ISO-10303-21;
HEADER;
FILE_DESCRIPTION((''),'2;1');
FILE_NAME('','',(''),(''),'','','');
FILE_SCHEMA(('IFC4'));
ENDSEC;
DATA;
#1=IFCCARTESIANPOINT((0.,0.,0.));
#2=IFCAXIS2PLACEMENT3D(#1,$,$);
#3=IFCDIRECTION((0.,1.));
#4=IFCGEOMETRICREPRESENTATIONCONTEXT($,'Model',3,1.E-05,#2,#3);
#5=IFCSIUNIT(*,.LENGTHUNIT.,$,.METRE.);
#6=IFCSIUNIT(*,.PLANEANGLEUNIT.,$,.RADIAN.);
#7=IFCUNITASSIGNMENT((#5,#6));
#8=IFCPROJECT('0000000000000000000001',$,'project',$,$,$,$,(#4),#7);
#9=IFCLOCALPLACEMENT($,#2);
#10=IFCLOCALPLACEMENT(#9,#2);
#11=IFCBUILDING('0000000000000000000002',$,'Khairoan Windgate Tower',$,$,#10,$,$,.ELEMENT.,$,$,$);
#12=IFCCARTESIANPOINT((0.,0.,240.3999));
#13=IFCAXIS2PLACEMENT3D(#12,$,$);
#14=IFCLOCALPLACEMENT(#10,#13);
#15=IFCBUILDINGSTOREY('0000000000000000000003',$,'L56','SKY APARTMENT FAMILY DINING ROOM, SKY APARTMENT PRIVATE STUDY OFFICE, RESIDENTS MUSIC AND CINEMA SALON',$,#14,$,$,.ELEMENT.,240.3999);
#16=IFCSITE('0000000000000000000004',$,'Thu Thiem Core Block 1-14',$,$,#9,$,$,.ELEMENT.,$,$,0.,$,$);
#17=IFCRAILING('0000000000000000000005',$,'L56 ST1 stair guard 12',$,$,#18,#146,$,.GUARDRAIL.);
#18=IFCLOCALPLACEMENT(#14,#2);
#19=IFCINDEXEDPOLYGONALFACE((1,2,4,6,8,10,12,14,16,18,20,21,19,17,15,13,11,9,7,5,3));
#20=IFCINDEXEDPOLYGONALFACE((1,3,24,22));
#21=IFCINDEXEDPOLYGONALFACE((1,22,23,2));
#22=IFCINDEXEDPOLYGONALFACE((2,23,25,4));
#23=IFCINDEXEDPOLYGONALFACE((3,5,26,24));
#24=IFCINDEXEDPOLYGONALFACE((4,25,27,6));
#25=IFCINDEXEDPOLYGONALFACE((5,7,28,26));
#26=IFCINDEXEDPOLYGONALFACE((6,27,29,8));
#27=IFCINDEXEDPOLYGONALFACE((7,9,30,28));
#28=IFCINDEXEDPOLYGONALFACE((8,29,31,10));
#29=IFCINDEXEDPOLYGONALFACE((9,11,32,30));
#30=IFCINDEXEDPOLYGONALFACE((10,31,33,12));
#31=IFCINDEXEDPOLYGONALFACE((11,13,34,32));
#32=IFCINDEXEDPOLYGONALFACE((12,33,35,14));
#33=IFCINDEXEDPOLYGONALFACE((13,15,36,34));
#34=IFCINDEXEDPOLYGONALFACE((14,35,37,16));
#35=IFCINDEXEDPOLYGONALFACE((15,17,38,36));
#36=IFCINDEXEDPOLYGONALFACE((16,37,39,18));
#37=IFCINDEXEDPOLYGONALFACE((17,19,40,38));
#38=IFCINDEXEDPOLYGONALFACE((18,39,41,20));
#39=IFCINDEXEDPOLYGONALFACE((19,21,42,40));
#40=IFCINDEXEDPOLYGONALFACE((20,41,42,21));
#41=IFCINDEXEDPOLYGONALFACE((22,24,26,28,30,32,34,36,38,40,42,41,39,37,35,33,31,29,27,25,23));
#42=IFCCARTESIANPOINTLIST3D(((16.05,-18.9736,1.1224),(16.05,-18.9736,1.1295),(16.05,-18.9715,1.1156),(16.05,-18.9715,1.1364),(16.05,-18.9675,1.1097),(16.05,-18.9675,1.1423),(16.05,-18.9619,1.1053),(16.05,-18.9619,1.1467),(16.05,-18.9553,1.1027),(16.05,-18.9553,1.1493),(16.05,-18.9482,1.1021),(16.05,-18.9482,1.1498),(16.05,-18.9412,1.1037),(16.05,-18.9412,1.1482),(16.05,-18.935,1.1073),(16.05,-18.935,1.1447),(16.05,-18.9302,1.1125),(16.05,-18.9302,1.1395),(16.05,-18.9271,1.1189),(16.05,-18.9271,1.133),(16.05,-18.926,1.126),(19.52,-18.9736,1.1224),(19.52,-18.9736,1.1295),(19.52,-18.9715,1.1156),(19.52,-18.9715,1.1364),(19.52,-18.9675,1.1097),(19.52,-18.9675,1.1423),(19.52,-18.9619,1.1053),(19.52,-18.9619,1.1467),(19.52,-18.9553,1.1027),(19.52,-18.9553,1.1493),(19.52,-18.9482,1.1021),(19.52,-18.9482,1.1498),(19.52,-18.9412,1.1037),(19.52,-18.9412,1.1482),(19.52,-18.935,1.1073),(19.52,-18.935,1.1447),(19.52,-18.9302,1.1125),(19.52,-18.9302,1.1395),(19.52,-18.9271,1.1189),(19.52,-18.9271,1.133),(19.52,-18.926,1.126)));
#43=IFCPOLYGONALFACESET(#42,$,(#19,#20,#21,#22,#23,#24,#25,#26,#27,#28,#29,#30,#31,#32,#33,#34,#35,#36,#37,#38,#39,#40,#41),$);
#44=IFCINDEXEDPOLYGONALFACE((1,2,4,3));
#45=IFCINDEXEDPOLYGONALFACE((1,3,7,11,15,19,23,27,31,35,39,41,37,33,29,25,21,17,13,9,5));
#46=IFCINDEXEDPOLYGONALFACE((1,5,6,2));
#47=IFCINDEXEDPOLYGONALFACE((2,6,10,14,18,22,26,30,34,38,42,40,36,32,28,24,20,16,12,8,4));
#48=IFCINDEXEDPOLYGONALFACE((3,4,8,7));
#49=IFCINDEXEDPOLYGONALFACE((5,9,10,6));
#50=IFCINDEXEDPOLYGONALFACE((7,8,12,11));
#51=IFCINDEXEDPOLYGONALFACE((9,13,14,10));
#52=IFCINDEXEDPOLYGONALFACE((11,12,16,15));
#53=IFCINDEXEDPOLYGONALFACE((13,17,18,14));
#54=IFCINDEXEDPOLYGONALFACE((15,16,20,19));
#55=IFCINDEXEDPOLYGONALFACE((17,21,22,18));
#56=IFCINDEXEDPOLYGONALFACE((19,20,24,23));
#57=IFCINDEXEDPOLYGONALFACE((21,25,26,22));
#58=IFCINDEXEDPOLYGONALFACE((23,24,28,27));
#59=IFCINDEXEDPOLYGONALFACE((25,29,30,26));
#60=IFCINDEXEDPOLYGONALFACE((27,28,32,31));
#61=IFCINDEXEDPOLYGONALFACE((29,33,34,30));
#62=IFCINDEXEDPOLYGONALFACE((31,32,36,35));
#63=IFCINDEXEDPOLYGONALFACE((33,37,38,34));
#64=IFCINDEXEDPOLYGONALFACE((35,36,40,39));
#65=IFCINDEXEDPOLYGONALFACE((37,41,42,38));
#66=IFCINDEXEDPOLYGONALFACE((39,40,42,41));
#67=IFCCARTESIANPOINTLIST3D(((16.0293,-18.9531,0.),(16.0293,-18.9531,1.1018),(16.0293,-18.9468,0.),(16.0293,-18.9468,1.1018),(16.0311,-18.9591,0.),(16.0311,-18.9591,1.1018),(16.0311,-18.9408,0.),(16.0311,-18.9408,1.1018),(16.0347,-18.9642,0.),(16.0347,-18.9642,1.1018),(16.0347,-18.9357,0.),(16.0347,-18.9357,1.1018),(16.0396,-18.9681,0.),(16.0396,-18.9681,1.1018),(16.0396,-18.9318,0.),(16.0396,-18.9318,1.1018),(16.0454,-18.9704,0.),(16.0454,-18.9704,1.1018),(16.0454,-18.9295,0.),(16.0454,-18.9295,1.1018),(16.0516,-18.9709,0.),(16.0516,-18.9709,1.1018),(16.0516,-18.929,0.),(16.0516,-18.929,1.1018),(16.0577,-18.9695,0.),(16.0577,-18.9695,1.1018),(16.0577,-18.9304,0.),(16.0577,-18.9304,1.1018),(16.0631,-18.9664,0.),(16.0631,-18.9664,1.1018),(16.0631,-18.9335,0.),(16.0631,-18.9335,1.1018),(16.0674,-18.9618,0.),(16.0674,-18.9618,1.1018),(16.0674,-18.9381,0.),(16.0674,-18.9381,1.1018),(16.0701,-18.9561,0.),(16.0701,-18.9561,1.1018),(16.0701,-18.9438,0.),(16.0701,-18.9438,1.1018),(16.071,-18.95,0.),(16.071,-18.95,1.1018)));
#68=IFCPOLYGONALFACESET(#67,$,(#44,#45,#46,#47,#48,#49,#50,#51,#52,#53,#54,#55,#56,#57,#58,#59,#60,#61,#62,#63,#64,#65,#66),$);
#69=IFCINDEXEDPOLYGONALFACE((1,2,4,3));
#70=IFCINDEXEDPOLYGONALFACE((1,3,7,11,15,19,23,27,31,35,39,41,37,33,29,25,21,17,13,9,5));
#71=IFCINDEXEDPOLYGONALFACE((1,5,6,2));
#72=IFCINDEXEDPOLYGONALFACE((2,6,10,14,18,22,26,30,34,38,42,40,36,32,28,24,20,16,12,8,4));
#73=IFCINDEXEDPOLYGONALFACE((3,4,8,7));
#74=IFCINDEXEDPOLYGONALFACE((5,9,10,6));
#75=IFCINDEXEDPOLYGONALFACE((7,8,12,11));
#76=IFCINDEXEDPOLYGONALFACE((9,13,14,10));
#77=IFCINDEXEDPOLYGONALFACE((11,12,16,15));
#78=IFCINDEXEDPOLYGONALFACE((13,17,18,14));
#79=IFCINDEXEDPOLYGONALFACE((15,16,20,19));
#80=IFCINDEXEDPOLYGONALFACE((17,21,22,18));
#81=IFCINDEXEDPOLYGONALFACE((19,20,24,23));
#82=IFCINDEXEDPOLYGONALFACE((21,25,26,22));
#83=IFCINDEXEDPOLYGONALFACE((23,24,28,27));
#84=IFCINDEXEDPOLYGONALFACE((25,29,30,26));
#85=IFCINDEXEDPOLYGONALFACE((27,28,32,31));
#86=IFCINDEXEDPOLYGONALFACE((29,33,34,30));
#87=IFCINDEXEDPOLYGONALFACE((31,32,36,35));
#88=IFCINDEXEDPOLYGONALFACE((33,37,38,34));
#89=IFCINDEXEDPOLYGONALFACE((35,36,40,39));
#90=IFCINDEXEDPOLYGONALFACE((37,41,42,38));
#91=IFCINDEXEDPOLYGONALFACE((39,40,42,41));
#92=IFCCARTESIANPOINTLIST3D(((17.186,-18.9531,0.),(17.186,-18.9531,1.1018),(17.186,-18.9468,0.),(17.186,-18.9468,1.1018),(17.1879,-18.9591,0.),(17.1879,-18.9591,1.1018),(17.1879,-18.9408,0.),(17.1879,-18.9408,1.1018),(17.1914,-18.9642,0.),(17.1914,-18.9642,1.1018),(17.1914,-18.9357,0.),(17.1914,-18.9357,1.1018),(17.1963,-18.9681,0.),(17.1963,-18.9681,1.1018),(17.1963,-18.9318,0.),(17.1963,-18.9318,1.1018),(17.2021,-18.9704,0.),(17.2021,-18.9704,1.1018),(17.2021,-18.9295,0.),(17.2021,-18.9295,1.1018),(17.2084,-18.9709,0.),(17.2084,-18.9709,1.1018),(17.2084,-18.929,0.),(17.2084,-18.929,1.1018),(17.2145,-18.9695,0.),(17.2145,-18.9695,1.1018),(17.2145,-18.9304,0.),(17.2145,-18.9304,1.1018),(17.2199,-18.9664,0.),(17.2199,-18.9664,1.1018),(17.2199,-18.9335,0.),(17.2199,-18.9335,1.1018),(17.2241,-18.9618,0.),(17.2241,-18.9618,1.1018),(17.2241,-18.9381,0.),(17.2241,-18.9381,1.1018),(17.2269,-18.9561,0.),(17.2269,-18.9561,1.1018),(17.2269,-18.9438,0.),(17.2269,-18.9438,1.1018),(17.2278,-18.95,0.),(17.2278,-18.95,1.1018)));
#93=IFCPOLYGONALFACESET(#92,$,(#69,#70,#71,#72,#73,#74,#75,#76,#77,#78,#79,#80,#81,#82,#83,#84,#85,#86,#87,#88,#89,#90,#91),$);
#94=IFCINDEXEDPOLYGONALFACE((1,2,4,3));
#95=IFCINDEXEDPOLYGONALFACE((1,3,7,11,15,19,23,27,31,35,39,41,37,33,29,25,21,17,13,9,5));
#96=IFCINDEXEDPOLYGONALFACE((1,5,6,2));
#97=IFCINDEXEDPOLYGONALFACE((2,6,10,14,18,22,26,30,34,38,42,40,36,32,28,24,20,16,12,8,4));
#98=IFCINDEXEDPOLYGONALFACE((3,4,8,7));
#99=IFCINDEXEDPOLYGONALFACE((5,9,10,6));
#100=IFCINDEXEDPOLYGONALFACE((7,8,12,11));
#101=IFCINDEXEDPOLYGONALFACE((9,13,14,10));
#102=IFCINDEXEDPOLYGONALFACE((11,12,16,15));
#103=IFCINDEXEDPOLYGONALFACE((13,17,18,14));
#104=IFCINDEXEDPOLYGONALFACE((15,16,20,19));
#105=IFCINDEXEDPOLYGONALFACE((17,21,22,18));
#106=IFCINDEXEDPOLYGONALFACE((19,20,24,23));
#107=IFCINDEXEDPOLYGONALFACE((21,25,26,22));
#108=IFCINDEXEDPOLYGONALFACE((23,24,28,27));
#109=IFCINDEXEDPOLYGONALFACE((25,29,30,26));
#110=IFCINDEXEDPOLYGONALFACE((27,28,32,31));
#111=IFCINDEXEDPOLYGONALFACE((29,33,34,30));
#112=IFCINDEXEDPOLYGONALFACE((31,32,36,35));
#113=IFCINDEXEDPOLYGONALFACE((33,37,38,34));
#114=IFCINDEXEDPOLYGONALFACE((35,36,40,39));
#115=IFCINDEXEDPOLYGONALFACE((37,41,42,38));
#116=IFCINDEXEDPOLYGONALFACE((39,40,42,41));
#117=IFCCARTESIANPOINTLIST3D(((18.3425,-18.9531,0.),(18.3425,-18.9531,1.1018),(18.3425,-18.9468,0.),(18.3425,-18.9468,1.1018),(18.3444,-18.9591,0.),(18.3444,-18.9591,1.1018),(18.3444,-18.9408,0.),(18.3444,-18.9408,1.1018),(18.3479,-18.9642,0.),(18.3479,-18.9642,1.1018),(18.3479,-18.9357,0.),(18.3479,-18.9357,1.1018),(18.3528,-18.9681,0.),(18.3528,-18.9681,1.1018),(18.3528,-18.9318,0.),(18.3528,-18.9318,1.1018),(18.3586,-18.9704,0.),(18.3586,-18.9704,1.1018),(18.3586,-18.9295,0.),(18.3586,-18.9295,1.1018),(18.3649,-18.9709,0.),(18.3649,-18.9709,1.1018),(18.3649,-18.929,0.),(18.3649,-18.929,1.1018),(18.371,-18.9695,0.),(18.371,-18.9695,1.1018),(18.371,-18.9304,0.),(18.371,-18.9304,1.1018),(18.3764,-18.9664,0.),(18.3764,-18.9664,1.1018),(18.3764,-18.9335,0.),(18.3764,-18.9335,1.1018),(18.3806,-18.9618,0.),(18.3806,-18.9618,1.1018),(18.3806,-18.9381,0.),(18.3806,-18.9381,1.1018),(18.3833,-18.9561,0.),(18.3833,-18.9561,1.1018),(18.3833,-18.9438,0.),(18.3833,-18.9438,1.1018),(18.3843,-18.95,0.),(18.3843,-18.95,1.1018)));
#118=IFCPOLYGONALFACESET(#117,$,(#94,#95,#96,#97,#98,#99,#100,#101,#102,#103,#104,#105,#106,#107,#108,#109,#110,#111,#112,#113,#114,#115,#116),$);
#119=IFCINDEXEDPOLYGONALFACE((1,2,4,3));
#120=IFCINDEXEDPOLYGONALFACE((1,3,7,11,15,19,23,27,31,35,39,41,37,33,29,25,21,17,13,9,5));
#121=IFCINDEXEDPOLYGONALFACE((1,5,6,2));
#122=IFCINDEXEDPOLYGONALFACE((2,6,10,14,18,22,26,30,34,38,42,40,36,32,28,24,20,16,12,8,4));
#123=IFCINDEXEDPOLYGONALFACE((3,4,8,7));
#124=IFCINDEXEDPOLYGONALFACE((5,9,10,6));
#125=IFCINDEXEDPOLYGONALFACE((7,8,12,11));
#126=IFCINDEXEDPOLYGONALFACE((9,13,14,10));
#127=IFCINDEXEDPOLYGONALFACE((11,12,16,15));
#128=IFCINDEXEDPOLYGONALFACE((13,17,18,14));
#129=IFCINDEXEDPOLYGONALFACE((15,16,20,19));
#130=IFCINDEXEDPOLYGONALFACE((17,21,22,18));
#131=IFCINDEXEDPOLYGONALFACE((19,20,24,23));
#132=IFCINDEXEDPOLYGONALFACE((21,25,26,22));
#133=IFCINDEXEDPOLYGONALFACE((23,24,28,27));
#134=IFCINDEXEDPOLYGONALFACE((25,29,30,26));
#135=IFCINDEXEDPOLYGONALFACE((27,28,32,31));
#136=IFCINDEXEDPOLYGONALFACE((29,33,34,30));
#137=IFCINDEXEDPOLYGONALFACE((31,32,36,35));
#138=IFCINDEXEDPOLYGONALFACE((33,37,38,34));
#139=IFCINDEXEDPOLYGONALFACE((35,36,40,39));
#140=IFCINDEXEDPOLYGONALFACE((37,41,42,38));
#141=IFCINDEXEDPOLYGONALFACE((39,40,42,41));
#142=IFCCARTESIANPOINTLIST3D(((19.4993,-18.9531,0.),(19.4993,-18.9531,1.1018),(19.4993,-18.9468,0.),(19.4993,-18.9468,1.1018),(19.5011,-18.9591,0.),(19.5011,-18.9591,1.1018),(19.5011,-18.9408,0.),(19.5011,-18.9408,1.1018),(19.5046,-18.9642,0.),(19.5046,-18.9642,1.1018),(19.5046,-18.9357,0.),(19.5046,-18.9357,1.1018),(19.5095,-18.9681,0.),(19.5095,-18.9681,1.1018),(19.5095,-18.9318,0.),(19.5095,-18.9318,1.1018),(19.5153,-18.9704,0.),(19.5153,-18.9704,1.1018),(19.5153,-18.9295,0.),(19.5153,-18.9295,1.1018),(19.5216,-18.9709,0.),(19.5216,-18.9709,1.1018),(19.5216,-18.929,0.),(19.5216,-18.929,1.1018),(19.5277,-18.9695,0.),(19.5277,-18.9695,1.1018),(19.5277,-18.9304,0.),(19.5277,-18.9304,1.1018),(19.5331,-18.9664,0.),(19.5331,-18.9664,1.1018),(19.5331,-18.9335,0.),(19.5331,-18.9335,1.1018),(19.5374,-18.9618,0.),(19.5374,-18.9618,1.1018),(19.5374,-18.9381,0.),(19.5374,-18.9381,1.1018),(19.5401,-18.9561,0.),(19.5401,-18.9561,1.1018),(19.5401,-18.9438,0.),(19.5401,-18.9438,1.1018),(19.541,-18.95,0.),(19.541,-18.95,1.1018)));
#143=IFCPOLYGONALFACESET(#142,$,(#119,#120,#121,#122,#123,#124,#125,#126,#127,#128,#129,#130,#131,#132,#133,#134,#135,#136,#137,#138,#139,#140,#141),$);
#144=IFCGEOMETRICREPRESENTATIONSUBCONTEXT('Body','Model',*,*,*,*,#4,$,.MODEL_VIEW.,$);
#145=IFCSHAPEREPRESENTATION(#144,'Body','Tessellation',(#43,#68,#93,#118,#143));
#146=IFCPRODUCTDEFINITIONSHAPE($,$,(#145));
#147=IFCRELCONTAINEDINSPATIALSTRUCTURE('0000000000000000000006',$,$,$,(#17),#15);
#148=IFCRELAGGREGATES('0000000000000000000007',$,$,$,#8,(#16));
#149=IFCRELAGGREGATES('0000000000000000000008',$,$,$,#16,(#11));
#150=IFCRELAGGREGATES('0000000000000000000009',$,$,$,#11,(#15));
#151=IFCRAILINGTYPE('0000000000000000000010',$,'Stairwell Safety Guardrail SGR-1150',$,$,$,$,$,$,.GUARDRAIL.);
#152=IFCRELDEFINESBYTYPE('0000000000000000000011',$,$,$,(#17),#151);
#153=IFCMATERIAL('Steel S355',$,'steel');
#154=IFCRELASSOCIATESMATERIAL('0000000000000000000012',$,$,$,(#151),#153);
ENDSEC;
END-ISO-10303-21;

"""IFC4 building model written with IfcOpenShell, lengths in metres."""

from ifc_helpers import new_model, si_unit, direction, frame, origin, origin_2d, place, context, subcontext, project, spatial, circle, extrude, material, type_object, element, save


model = new_model("IFC4")

# Units and contexts
model_context = context("Model", 3, precision=1e-05, world=origin(), true_north=direction((0.0, 1.0)))
body_context = subcontext(model_context, "Body", "Model", "MODEL_VIEW")
ifc_project = project(units=[si_unit("LENGTHUNIT", "METRE"), si_unit("PLANEANGLEUNIT", "RADIAN")], contexts=[model_context])

# Site, building, storey
site_placement = place(None, origin())
site = spatial("IfcSite", under=ifc_project, at=site_placement, Name="Thu Thiem Core Block 1-14", CompositionType="ELEMENT", RefElevation=0.0)
building_placement = place(site_placement, origin())
building = spatial("IfcBuilding", under=site, at=building_placement, Name="Khairoan Windgate Tower", CompositionType="ELEMENT")
storey_placement = place(building_placement, frame((0.0, 0.0, 240.3999)))
storey = spatial("IfcBuildingStorey", under=building, at=storey_placement, Name="L56", Description="SKY APARTMENT FAMILY DINING ROOM, SKY APARTMENT PRIVATE STUDY OFFICE, RESIDENTS MUSIC AND CINEMA SALON", CompositionType="ELEMENT", Elevation=240.3999)

# Railing
ifc_material_1 = material(Name="Steel S355", Category="steel")
railing_type = type_object("IfcRailingType", Name="Stairwell Safety Guardrail SGR-1150", PredefinedType="GUARDRAIL", material=ifc_material_1)
railing_1_placement = place(storey_placement, frame((16.05, -18.95, 0.0)))
element("IfcRailing", 1, at=railing_1_placement, inside=storey, type_object=railing_type, Name="L56 ST1 stair guard 12", PredefinedType="GUARDRAIL", context=body_context, shape_type="SweptSolid", body=[
    extrude(circle(Radius=0.0239, at=origin_2d()), frame((0.0, 0.0, 1.126), z_axis=(1.0, 0.0, 0.0), x_axis=(0.0, 1.0, 0.0)), (0.0, 0.0, 1.0), 3.47),
    extrude(circle(Radius=0.021, at=origin_2d()), origin(), (0.0, 0.0, 1.0), 1.1018),
    extrude(circle(Radius=0.021, at=origin_2d()), frame((1.1567, 0.0, 0.0)), (0.0, 0.0, 1.0), 1.1018),
    extrude(circle(Radius=0.021, at=origin_2d()), frame((2.3132, 0.0, 0.0)), (0.0, 0.0, 1.0), 1.1018),
    extrude(circle(Radius=0.021, at=origin_2d()), frame((3.47, 0.0, 0.0)), (0.0, 0.0, 1.0), 1.1018),
])

save(model, "model.ifc")
